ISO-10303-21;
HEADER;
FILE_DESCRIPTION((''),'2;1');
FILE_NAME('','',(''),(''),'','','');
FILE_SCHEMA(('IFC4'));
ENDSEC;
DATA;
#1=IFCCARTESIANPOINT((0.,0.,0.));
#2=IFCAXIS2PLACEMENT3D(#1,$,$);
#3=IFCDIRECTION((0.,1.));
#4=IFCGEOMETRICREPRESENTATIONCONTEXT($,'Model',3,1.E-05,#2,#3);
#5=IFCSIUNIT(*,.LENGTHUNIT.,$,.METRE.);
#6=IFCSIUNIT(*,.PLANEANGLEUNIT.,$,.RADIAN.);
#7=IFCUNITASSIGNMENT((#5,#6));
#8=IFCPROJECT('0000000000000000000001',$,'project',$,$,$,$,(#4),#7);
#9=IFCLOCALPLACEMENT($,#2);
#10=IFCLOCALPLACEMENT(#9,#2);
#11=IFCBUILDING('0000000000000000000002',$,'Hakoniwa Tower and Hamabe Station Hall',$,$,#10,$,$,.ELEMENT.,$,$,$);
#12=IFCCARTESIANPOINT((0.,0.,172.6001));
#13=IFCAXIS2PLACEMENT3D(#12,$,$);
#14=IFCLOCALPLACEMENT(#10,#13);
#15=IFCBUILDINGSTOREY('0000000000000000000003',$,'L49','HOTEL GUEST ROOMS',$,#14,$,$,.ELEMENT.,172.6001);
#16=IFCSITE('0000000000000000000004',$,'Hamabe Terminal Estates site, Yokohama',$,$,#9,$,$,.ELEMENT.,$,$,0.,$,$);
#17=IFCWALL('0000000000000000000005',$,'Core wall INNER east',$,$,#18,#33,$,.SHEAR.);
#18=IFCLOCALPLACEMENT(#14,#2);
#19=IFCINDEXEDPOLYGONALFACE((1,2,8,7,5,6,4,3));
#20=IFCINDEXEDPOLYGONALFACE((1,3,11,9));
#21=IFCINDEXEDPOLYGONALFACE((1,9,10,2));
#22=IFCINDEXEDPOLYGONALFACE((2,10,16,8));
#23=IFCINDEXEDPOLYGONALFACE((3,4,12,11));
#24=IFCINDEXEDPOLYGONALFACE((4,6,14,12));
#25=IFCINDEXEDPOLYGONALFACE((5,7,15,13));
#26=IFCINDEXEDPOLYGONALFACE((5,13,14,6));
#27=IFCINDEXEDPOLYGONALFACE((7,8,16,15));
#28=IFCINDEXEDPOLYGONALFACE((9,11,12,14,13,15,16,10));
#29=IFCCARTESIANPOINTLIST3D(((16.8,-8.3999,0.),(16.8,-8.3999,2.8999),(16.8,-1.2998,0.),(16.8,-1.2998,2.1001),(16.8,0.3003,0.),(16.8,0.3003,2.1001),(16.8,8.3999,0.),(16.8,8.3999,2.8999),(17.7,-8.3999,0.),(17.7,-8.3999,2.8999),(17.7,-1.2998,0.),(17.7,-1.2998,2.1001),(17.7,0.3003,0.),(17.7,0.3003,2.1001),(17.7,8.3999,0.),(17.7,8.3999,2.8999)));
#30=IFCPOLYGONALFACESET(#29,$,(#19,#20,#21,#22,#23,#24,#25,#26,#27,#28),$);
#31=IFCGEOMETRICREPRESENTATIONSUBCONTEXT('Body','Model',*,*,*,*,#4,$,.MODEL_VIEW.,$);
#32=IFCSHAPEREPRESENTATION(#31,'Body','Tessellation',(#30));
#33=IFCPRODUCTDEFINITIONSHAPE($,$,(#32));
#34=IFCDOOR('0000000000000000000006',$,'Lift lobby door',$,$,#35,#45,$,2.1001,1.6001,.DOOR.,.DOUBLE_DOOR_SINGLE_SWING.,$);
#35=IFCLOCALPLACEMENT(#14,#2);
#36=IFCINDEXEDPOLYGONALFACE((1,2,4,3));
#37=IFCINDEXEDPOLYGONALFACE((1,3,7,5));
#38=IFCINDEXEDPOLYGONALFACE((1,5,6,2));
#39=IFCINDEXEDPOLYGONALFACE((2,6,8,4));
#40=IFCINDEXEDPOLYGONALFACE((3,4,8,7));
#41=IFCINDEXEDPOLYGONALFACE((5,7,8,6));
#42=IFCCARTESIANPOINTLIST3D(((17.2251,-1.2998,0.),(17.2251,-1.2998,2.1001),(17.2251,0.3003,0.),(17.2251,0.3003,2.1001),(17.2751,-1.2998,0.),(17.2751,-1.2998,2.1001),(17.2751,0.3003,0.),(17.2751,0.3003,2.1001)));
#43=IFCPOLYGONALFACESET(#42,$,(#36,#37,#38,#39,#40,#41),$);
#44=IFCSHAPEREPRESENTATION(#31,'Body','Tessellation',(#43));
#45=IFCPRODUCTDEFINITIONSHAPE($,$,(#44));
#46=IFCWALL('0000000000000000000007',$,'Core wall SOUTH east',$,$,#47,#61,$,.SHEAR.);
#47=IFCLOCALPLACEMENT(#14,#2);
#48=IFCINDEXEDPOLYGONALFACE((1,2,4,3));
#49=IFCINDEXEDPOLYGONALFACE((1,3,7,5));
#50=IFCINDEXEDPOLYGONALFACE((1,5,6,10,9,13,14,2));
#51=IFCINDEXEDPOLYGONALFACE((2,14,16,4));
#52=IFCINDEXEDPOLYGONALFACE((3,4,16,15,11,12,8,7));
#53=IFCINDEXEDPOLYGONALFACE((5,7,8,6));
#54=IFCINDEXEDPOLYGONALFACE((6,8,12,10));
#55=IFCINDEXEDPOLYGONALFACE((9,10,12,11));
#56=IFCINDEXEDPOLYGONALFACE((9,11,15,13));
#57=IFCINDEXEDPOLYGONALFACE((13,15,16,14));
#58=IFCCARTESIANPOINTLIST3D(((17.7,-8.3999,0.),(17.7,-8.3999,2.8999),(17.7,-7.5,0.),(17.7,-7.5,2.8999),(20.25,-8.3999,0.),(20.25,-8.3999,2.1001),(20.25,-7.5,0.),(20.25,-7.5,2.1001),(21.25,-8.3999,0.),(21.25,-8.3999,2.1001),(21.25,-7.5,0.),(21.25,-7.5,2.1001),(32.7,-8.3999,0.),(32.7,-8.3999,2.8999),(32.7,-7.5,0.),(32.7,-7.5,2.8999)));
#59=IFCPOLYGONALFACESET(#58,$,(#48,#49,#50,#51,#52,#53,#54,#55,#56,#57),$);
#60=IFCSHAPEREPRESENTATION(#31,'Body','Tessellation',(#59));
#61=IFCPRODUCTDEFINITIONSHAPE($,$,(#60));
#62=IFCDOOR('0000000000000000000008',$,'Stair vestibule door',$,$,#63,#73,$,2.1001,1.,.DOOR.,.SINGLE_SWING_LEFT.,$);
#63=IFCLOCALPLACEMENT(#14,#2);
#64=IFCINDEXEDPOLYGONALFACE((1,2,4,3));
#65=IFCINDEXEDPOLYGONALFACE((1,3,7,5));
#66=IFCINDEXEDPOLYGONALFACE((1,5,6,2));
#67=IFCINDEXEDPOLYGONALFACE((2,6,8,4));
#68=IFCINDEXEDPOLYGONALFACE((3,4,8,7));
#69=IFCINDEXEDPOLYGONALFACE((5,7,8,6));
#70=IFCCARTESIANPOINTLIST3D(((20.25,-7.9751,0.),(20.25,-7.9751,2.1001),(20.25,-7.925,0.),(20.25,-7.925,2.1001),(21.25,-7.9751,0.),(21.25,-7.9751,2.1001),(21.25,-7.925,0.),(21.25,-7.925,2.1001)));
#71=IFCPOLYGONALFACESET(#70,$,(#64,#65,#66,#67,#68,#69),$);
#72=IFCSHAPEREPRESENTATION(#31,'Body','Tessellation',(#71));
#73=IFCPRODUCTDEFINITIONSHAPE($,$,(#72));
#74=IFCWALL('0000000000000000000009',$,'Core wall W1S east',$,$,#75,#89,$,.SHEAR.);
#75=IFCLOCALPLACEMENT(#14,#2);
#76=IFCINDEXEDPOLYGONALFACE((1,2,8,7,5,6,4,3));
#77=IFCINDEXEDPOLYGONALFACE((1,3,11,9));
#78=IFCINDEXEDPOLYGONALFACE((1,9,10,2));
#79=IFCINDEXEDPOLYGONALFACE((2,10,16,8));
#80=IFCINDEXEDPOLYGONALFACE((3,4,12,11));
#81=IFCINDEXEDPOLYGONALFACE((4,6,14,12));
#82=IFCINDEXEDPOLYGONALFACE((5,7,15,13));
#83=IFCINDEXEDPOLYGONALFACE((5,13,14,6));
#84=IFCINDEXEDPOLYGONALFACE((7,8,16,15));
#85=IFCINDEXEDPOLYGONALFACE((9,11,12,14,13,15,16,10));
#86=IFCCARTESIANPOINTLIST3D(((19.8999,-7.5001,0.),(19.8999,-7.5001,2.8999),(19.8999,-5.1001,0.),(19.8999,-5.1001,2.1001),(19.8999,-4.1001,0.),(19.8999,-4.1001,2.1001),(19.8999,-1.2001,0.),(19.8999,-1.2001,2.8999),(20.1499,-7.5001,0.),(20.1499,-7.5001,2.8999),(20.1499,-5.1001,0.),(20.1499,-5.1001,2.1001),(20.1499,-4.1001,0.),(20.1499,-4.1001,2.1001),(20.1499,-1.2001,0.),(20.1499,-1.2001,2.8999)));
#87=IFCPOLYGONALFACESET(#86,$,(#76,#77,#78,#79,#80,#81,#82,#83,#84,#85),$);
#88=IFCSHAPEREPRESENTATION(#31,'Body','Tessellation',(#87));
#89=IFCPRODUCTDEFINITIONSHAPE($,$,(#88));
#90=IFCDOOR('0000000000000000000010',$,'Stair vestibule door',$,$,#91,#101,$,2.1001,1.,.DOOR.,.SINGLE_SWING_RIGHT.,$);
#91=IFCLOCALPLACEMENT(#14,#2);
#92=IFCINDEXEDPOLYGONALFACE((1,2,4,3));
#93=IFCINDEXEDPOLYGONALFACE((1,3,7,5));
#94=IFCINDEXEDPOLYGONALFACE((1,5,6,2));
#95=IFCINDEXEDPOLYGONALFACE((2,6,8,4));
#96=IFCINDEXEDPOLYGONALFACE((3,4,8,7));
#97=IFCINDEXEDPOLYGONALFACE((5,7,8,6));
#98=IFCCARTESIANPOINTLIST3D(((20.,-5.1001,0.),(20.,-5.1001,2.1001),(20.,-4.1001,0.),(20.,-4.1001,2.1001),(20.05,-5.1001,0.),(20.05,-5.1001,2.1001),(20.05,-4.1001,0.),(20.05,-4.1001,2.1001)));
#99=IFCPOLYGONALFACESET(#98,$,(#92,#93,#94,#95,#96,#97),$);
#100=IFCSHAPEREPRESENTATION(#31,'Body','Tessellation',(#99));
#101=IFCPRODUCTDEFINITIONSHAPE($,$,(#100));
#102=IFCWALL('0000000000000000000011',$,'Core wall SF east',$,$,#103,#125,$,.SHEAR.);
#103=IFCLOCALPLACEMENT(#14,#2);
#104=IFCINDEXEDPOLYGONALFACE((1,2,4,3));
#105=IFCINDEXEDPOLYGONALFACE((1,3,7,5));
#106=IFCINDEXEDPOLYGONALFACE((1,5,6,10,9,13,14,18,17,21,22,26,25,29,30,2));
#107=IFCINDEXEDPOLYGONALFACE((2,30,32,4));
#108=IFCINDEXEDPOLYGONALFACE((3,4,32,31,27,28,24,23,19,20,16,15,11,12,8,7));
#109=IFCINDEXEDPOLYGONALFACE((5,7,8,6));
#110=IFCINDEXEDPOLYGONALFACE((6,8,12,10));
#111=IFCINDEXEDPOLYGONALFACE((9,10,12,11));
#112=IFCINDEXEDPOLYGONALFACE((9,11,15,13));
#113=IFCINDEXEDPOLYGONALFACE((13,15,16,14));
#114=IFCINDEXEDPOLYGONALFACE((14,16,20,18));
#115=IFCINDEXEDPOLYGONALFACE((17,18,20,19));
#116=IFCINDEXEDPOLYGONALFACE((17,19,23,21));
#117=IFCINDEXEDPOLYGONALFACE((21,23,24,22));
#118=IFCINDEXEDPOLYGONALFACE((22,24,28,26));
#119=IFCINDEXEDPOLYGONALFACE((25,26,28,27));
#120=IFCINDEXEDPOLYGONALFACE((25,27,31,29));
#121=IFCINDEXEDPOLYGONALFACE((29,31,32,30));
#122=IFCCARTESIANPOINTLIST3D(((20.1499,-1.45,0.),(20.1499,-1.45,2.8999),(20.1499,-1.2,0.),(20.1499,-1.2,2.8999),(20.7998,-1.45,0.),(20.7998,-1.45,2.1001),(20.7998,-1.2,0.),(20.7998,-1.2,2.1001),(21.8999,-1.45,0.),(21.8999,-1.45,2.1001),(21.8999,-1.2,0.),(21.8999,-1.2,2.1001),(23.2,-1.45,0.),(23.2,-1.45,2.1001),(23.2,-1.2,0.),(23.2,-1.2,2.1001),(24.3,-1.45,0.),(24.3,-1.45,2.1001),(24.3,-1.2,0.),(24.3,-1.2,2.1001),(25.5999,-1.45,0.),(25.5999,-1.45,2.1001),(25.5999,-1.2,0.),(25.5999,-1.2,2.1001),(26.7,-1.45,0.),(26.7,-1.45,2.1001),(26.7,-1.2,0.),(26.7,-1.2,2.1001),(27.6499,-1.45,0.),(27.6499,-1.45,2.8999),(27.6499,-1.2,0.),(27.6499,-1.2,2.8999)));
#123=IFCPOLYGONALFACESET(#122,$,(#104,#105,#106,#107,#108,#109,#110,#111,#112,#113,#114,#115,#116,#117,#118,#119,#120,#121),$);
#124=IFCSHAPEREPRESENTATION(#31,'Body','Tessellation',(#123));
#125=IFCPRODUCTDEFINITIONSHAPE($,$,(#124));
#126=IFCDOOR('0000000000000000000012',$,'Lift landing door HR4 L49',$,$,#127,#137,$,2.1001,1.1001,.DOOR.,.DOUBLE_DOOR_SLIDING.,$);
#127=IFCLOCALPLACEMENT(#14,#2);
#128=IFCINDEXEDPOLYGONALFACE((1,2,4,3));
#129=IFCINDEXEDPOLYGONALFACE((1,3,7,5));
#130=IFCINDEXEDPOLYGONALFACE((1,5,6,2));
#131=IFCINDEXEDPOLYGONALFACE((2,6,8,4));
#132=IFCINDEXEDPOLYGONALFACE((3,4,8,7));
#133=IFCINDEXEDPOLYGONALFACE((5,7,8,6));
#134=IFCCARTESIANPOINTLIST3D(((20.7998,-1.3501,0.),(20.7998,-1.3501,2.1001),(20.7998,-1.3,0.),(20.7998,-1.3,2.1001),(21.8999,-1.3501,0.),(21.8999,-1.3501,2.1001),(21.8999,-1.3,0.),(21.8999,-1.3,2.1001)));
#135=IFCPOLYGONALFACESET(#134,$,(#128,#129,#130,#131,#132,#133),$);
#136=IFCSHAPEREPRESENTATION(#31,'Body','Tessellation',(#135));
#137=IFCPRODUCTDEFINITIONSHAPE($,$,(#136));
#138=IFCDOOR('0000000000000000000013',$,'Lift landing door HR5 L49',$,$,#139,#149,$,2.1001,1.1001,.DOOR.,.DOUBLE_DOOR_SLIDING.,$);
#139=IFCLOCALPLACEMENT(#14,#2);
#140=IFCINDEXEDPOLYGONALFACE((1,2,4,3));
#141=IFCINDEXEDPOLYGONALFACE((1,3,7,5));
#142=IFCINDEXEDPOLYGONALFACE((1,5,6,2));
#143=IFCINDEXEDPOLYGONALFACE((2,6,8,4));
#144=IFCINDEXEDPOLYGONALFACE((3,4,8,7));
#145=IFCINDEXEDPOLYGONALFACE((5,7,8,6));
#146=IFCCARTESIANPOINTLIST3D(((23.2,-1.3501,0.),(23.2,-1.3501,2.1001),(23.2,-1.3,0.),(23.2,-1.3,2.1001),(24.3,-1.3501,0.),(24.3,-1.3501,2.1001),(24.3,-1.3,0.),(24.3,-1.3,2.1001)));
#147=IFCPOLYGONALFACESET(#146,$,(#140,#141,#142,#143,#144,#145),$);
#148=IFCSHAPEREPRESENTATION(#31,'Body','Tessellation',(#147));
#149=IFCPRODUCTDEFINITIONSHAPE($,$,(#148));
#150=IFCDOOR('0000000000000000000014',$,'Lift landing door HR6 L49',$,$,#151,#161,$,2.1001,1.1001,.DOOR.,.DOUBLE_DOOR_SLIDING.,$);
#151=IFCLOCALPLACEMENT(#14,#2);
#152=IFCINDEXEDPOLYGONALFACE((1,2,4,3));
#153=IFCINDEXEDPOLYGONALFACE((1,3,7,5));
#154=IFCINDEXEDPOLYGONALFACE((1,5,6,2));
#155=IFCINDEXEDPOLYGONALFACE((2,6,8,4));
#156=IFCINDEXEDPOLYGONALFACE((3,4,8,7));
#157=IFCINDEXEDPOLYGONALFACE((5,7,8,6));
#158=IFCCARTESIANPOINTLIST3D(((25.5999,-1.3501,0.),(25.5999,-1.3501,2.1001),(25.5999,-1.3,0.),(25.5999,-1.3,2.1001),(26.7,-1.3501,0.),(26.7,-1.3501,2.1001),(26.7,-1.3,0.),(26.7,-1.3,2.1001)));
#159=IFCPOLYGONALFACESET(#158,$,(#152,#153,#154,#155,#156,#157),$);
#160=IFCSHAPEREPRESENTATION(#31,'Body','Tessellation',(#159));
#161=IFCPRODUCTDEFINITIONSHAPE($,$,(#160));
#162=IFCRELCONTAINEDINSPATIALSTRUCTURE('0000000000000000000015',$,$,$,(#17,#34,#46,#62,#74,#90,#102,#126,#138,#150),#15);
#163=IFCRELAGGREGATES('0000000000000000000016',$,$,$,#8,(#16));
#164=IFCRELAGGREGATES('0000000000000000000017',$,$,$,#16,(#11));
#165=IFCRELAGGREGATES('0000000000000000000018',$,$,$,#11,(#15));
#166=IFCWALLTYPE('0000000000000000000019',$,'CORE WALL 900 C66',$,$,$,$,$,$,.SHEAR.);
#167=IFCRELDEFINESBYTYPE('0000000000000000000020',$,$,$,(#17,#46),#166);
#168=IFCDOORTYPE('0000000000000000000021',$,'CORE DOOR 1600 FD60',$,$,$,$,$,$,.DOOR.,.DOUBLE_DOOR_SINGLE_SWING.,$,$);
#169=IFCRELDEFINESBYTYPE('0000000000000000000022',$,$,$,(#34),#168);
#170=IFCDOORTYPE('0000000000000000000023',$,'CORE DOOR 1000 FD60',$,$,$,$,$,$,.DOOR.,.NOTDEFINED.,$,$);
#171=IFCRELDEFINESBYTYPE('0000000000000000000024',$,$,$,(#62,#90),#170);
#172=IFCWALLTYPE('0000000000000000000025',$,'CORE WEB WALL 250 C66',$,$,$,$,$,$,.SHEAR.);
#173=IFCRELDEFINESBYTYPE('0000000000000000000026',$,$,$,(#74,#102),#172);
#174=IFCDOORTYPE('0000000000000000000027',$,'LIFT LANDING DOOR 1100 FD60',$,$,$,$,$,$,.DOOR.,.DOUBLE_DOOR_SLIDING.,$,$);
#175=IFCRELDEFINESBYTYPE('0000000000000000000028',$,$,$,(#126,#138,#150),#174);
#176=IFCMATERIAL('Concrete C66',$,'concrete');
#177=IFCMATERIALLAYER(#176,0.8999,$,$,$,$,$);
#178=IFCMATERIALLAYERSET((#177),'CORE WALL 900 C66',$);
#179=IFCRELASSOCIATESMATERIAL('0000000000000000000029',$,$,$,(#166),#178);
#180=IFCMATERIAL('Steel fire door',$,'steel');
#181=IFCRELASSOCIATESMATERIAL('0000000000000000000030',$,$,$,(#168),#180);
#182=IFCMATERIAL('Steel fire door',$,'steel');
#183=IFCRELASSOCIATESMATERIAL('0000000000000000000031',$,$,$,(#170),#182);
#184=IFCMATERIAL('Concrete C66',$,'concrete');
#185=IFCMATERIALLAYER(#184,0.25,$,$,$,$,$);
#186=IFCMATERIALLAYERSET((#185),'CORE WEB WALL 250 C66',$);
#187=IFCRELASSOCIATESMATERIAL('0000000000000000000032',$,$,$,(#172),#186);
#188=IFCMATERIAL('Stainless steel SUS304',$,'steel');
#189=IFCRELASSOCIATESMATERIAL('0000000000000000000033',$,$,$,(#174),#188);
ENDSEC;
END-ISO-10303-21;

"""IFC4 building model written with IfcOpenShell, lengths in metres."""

from ifc_helpers import new_model, si_unit, direction, frame, frame_2d, origin, place, context, subcontext, project, spatial, rectangle, extrude, material, layer, layer_set, type_object, element, fill, save


model = new_model("IFC4")

# Units and contexts
model_context = context("Model", 3, precision=1e-05, world=origin(), true_north=direction((0.0, 1.0)))
body_context = subcontext(model_context, "Body", "Model", "MODEL_VIEW")
ifc_project = project(units=[si_unit("LENGTHUNIT", "METRE"), si_unit("PLANEANGLEUNIT", "RADIAN")], contexts=[model_context])

# Site, building, storey
site_placement = place(None, origin())
site = spatial("IfcSite", under=ifc_project, at=site_placement, Name="Hamabe Terminal Estates site, Yokohama", CompositionType="ELEMENT", RefElevation=0.0)
building_placement = place(site_placement, origin())
building = spatial("IfcBuilding", under=site, at=building_placement, Name="Hakoniwa Tower and Hamabe Station Hall", CompositionType="ELEMENT")
storey_placement = place(building_placement, frame((0.0, 0.0, 172.6001)))
storey = spatial("IfcBuildingStorey", under=building, at=storey_placement, Name="L49", Description="HOTEL GUEST ROOMS", CompositionType="ELEMENT", Elevation=172.6001)

# Walls, openings, doors
ifc_material_1 = material(Name="Concrete C66", Category="concrete")
ifc_layer_1 = layer(ifc_material_1, 0.8999)
ifc_layer_set_1 = layer_set([ifc_layer_1], Name="CORE WALL 900 C66")
wall_type_1 = type_object("IfcWallType", Name="CORE WALL 900 C66", PredefinedType="SHEAR", material=ifc_layer_set_1)
wall_1_placement = place(storey_placement, frame((17.25, -8.3999, 0.0), z_axis=(0.0, 0.0, 1.0), x_axis=(0.0, 1.0, 0.0)))
wall_1 = element("IfcWall", 1, at=wall_1_placement, inside=storey, type_object=wall_type_1, Name="Core wall INNER east", PredefinedType="SHEAR", context=body_context, shape_type="SweptSolid", body=[
    extrude(rectangle(XDim=16.7998, YDim=0.8999, at=frame_2d((8.3999, 0.0))), origin(), (0.0, 0.0, 1.0), 2.8999),
])
opening_1_placement = place(wall_1_placement, frame((7.1001, 0.0, 0.0)))
opening_1 = element("IfcOpeningElement", 2, at=opening_1_placement, cuts=wall_1, PredefinedType="OPENING", context=body_context, shape_type="SweptSolid", body=[
    extrude(rectangle(XDim=1.6001, YDim=2.1001, at=frame_2d((0.8, 1.05))), frame((0.0, 0.46, 0.0), z_axis=(0.0, -1.0, 0.0), x_axis=(1.0, 0.0, 0.0)), (0.0, 0.0, 1.0), 0.9199),
])
ifc_material_2 = material(Name="Steel fire door", Category="steel")
door_type_1 = type_object("IfcDoorType", Name="CORE DOOR 1600 FD60", OperationType="DOUBLE_DOOR_SINGLE_SWING", PredefinedType="DOOR", material=ifc_material_2)
door_1_placement = place(opening_1_placement, origin())
door_1 = element("IfcDoor", 3, at=door_1_placement, inside=storey, type_object=door_type_1, Name="Lift lobby door", OperationType="DOUBLE_DOOR_SINGLE_SWING", OverallHeight=2.1001, OverallWidth=1.6001, PredefinedType="DOOR", context=body_context, shape_type="SweptSolid", body=[
    extrude(rectangle(XDim=1.6001, YDim=2.1001, at=frame_2d((0.8, 1.05))), frame((0.0, 0.0249, 0.0), z_axis=(0.0, -1.0, 0.0), x_axis=(1.0, 0.0, 0.0)), (0.0, 0.0, 1.0), 0.05),
])
fill(opening_1, door_1)
wall_2_placement = place(storey_placement, frame((17.7, -7.95, 0.0), z_axis=(0.0, 0.0, 1.0), x_axis=(1.0, 0.0, 0.0)))
wall_2 = element("IfcWall", 4, at=wall_2_placement, inside=storey, type_object=wall_type_1, Name="Core wall SOUTH east", PredefinedType="SHEAR", context=body_context, shape_type="SweptSolid", body=[
    extrude(rectangle(XDim=15.0, YDim=0.8999, at=frame_2d((7.5, 0.0))), origin(), (0.0, 0.0, 1.0), 2.8999),
])
opening_2_placement = place(wall_2_placement, frame((2.55, 0.0, 0.0)))
opening_2 = element("IfcOpeningElement", 5, at=opening_2_placement, cuts=wall_2, PredefinedType="OPENING", context=body_context, shape_type="SweptSolid", body=[
    extrude(rectangle(XDim=1.0, YDim=2.1001, at=frame_2d((0.5, 1.05))), frame((0.0, 0.46, 0.0), z_axis=(0.0, -1.0, 0.0), x_axis=(1.0, 0.0, 0.0)), (0.0, 0.0, 1.0), 0.9199),
])
ifc_material_3 = material(Name="Steel fire door", Category="steel")
door_type_2 = type_object("IfcDoorType", Name="CORE DOOR 1000 FD60", OperationType="NOTDEFINED", PredefinedType="DOOR", material=ifc_material_3)
door_2_placement = place(opening_2_placement, origin())
door_2 = element("IfcDoor", 6, at=door_2_placement, inside=storey, type_object=door_type_2, Name="Stair vestibule door", OperationType="SINGLE_SWING_LEFT", OverallHeight=2.1001, OverallWidth=1.0, PredefinedType="DOOR", context=body_context, shape_type="SweptSolid", body=[
    extrude(rectangle(XDim=1.0, YDim=2.1001, at=frame_2d((0.5, 1.05))), frame((0.0, 0.0249, 0.0), z_axis=(0.0, -1.0, 0.0), x_axis=(1.0, 0.0, 0.0)), (0.0, 0.0, 1.0), 0.05),
])
fill(opening_2, door_2)
ifc_material_4 = material(Name="Concrete C66", Category="concrete")
ifc_layer_2 = layer(ifc_material_4, 0.25)
ifc_layer_set_2 = layer_set([ifc_layer_2], Name="CORE WEB WALL 250 C66")
wall_type_2 = type_object("IfcWallType", Name="CORE WEB WALL 250 C66", PredefinedType="SHEAR", material=ifc_layer_set_2)
wall_3_placement = place(storey_placement, frame((20.0249, -7.5, 0.0), z_axis=(0.0, 0.0, 1.0), x_axis=(0.0, 1.0, 0.0)))
wall_3 = element("IfcWall", 7, at=wall_3_placement, inside=storey, type_object=wall_type_2, Name="Core wall W1S east", PredefinedType="SHEAR", context=body_context, shape_type="SweptSolid", body=[
    extrude(rectangle(XDim=6.3, YDim=0.25, at=frame_2d((3.1499, 0.0))), origin(), (0.0, 0.0, 1.0), 2.8999),
])
opening_3_placement = place(wall_3_placement, frame((2.3999, 0.0, 0.0)))
opening_3 = element("IfcOpeningElement", 8, at=opening_3_placement, cuts=wall_3, PredefinedType="OPENING", context=body_context, shape_type="SweptSolid", body=[
    extrude(rectangle(XDim=1.0, YDim=2.1001, at=frame_2d((0.5, 1.05))), frame((0.0, 0.135, 0.0), z_axis=(0.0, -1.0, 0.0), x_axis=(1.0, 0.0, 0.0)), (0.0, 0.0, 1.0), 0.27),
])
door_3_placement = place(opening_3_placement, origin())
door_3 = element("IfcDoor", 9, at=door_3_placement, inside=storey, type_object=door_type_2, Name="Stair vestibule door", OperationType="SINGLE_SWING_RIGHT", OverallHeight=2.1001, OverallWidth=1.0, PredefinedType="DOOR", context=body_context, shape_type="SweptSolid", body=[
    extrude(rectangle(XDim=1.0, YDim=2.1001, at=frame_2d((0.5, 1.05))), frame((0.0, 0.0249, 0.0), z_axis=(0.0, -1.0, 0.0), x_axis=(1.0, 0.0, 0.0)), (0.0, 0.0, 1.0), 0.05),
])
fill(opening_3, door_3)

# Wall, openings, doors
wall_4_placement = place(storey_placement, frame((20.1499, -1.325, 0.0), z_axis=(0.0, 0.0, 1.0), x_axis=(1.0, 0.0, 0.0)))
wall_4 = element("IfcWall", 10, at=wall_4_placement, inside=storey, type_object=wall_type_2, Name="Core wall SF east", PredefinedType="SHEAR", context=body_context, shape_type="SweptSolid", body=[
    extrude(rectangle(XDim=7.5, YDim=0.25, at=frame_2d((3.75, 0.0))), origin(), (0.0, 0.0, 1.0), 2.8999),
])
opening_4_placement = place(wall_4_placement, frame((0.6499, 0.0, 0.0)))
opening_4 = element("IfcOpeningElement", 11, at=opening_4_placement, cuts=wall_4, PredefinedType="OPENING", context=body_context, shape_type="SweptSolid", body=[
    extrude(rectangle(XDim=1.1001, YDim=2.1001, at=frame_2d((0.55, 1.05))), frame((0.0, 0.135, 0.0), z_axis=(0.0, -1.0, 0.0), x_axis=(1.0, 0.0, 0.0)), (0.0, 0.0, 1.0), 0.27),
])
opening_5_placement = place(wall_4_placement, frame((3.05, 0.0, 0.0)))
opening_5 = element("IfcOpeningElement", 12, at=opening_5_placement, cuts=wall_4, PredefinedType="OPENING", context=body_context, shape_type="SweptSolid", body=[
    extrude(rectangle(XDim=1.1001, YDim=2.1001, at=frame_2d((0.55, 1.05))), frame((0.0, 0.135, 0.0), z_axis=(0.0, -1.0, 0.0), x_axis=(1.0, 0.0, 0.0)), (0.0, 0.0, 1.0), 0.27),
])
opening_6_placement = place(wall_4_placement, frame((5.45, 0.0, 0.0)))
opening_6 = element("IfcOpeningElement", 13, at=opening_6_placement, cuts=wall_4, PredefinedType="OPENING", context=body_context, shape_type="SweptSolid", body=[
    extrude(rectangle(XDim=1.1001, YDim=2.1001, at=frame_2d((0.55, 1.05))), frame((0.0, 0.135, 0.0), z_axis=(0.0, -1.0, 0.0), x_axis=(1.0, 0.0, 0.0)), (0.0, 0.0, 1.0), 0.27),
])
ifc_material_5 = material(Name="Stainless steel SUS304", Category="steel")
door_type_3 = type_object("IfcDoorType", Name="LIFT LANDING DOOR 1100 FD60", OperationType="DOUBLE_DOOR_SLIDING", PredefinedType="DOOR", material=ifc_material_5)
door_4_placement = place(opening_4_placement, origin())
door_4 = element("IfcDoor", 14, at=door_4_placement, inside=storey, type_object=door_type_3, Name="Lift landing door HR4 L49", OperationType="DOUBLE_DOOR_SLIDING", OverallHeight=2.1001, OverallWidth=1.1001, PredefinedType="DOOR", context=body_context, shape_type="SweptSolid", body=[
    extrude(rectangle(XDim=1.1001, YDim=2.1001, at=frame_2d((0.55, 1.05))), frame((0.0, 0.0249, 0.0), z_axis=(0.0, -1.0, 0.0), x_axis=(1.0, 0.0, 0.0)), (0.0, 0.0, 1.0), 0.05),
])
fill(opening_4, door_4)
door_5_placement = place(opening_5_placement, origin())
door_5 = element("IfcDoor", 15, at=door_5_placement, inside=storey, type_object=door_type_3, Name="Lift landing door HR5 L49", OperationType="DOUBLE_DOOR_SLIDING", OverallHeight=2.1001, OverallWidth=1.1001, PredefinedType="DOOR", context=body_context, shape_type="SweptSolid", body=[
    extrude(rectangle(XDim=1.1001, YDim=2.1001, at=frame_2d((0.55, 1.05))), frame((0.0, 0.0249, 0.0), z_axis=(0.0, -1.0, 0.0), x_axis=(1.0, 0.0, 0.0)), (0.0, 0.0, 1.0), 0.05),
])
fill(opening_5, door_5)
door_6_placement = place(opening_6_placement, origin())
door_6 = element("IfcDoor", 16, at=door_6_placement, inside=storey, type_object=door_type_3, Name="Lift landing door HR6 L49", OperationType="DOUBLE_DOOR_SLIDING", OverallHeight=2.1001, OverallWidth=1.1001, PredefinedType="DOOR", context=body_context, shape_type="SweptSolid", body=[
    extrude(rectangle(XDim=1.1001, YDim=2.1001, at=frame_2d((0.55, 1.05))), frame((0.0, 0.0249, 0.0), z_axis=(0.0, -1.0, 0.0), x_axis=(1.0, 0.0, 0.0)), (0.0, 0.0, 1.0), 0.05),
])
fill(opening_6, door_6)

save(model, "model.ifc")
